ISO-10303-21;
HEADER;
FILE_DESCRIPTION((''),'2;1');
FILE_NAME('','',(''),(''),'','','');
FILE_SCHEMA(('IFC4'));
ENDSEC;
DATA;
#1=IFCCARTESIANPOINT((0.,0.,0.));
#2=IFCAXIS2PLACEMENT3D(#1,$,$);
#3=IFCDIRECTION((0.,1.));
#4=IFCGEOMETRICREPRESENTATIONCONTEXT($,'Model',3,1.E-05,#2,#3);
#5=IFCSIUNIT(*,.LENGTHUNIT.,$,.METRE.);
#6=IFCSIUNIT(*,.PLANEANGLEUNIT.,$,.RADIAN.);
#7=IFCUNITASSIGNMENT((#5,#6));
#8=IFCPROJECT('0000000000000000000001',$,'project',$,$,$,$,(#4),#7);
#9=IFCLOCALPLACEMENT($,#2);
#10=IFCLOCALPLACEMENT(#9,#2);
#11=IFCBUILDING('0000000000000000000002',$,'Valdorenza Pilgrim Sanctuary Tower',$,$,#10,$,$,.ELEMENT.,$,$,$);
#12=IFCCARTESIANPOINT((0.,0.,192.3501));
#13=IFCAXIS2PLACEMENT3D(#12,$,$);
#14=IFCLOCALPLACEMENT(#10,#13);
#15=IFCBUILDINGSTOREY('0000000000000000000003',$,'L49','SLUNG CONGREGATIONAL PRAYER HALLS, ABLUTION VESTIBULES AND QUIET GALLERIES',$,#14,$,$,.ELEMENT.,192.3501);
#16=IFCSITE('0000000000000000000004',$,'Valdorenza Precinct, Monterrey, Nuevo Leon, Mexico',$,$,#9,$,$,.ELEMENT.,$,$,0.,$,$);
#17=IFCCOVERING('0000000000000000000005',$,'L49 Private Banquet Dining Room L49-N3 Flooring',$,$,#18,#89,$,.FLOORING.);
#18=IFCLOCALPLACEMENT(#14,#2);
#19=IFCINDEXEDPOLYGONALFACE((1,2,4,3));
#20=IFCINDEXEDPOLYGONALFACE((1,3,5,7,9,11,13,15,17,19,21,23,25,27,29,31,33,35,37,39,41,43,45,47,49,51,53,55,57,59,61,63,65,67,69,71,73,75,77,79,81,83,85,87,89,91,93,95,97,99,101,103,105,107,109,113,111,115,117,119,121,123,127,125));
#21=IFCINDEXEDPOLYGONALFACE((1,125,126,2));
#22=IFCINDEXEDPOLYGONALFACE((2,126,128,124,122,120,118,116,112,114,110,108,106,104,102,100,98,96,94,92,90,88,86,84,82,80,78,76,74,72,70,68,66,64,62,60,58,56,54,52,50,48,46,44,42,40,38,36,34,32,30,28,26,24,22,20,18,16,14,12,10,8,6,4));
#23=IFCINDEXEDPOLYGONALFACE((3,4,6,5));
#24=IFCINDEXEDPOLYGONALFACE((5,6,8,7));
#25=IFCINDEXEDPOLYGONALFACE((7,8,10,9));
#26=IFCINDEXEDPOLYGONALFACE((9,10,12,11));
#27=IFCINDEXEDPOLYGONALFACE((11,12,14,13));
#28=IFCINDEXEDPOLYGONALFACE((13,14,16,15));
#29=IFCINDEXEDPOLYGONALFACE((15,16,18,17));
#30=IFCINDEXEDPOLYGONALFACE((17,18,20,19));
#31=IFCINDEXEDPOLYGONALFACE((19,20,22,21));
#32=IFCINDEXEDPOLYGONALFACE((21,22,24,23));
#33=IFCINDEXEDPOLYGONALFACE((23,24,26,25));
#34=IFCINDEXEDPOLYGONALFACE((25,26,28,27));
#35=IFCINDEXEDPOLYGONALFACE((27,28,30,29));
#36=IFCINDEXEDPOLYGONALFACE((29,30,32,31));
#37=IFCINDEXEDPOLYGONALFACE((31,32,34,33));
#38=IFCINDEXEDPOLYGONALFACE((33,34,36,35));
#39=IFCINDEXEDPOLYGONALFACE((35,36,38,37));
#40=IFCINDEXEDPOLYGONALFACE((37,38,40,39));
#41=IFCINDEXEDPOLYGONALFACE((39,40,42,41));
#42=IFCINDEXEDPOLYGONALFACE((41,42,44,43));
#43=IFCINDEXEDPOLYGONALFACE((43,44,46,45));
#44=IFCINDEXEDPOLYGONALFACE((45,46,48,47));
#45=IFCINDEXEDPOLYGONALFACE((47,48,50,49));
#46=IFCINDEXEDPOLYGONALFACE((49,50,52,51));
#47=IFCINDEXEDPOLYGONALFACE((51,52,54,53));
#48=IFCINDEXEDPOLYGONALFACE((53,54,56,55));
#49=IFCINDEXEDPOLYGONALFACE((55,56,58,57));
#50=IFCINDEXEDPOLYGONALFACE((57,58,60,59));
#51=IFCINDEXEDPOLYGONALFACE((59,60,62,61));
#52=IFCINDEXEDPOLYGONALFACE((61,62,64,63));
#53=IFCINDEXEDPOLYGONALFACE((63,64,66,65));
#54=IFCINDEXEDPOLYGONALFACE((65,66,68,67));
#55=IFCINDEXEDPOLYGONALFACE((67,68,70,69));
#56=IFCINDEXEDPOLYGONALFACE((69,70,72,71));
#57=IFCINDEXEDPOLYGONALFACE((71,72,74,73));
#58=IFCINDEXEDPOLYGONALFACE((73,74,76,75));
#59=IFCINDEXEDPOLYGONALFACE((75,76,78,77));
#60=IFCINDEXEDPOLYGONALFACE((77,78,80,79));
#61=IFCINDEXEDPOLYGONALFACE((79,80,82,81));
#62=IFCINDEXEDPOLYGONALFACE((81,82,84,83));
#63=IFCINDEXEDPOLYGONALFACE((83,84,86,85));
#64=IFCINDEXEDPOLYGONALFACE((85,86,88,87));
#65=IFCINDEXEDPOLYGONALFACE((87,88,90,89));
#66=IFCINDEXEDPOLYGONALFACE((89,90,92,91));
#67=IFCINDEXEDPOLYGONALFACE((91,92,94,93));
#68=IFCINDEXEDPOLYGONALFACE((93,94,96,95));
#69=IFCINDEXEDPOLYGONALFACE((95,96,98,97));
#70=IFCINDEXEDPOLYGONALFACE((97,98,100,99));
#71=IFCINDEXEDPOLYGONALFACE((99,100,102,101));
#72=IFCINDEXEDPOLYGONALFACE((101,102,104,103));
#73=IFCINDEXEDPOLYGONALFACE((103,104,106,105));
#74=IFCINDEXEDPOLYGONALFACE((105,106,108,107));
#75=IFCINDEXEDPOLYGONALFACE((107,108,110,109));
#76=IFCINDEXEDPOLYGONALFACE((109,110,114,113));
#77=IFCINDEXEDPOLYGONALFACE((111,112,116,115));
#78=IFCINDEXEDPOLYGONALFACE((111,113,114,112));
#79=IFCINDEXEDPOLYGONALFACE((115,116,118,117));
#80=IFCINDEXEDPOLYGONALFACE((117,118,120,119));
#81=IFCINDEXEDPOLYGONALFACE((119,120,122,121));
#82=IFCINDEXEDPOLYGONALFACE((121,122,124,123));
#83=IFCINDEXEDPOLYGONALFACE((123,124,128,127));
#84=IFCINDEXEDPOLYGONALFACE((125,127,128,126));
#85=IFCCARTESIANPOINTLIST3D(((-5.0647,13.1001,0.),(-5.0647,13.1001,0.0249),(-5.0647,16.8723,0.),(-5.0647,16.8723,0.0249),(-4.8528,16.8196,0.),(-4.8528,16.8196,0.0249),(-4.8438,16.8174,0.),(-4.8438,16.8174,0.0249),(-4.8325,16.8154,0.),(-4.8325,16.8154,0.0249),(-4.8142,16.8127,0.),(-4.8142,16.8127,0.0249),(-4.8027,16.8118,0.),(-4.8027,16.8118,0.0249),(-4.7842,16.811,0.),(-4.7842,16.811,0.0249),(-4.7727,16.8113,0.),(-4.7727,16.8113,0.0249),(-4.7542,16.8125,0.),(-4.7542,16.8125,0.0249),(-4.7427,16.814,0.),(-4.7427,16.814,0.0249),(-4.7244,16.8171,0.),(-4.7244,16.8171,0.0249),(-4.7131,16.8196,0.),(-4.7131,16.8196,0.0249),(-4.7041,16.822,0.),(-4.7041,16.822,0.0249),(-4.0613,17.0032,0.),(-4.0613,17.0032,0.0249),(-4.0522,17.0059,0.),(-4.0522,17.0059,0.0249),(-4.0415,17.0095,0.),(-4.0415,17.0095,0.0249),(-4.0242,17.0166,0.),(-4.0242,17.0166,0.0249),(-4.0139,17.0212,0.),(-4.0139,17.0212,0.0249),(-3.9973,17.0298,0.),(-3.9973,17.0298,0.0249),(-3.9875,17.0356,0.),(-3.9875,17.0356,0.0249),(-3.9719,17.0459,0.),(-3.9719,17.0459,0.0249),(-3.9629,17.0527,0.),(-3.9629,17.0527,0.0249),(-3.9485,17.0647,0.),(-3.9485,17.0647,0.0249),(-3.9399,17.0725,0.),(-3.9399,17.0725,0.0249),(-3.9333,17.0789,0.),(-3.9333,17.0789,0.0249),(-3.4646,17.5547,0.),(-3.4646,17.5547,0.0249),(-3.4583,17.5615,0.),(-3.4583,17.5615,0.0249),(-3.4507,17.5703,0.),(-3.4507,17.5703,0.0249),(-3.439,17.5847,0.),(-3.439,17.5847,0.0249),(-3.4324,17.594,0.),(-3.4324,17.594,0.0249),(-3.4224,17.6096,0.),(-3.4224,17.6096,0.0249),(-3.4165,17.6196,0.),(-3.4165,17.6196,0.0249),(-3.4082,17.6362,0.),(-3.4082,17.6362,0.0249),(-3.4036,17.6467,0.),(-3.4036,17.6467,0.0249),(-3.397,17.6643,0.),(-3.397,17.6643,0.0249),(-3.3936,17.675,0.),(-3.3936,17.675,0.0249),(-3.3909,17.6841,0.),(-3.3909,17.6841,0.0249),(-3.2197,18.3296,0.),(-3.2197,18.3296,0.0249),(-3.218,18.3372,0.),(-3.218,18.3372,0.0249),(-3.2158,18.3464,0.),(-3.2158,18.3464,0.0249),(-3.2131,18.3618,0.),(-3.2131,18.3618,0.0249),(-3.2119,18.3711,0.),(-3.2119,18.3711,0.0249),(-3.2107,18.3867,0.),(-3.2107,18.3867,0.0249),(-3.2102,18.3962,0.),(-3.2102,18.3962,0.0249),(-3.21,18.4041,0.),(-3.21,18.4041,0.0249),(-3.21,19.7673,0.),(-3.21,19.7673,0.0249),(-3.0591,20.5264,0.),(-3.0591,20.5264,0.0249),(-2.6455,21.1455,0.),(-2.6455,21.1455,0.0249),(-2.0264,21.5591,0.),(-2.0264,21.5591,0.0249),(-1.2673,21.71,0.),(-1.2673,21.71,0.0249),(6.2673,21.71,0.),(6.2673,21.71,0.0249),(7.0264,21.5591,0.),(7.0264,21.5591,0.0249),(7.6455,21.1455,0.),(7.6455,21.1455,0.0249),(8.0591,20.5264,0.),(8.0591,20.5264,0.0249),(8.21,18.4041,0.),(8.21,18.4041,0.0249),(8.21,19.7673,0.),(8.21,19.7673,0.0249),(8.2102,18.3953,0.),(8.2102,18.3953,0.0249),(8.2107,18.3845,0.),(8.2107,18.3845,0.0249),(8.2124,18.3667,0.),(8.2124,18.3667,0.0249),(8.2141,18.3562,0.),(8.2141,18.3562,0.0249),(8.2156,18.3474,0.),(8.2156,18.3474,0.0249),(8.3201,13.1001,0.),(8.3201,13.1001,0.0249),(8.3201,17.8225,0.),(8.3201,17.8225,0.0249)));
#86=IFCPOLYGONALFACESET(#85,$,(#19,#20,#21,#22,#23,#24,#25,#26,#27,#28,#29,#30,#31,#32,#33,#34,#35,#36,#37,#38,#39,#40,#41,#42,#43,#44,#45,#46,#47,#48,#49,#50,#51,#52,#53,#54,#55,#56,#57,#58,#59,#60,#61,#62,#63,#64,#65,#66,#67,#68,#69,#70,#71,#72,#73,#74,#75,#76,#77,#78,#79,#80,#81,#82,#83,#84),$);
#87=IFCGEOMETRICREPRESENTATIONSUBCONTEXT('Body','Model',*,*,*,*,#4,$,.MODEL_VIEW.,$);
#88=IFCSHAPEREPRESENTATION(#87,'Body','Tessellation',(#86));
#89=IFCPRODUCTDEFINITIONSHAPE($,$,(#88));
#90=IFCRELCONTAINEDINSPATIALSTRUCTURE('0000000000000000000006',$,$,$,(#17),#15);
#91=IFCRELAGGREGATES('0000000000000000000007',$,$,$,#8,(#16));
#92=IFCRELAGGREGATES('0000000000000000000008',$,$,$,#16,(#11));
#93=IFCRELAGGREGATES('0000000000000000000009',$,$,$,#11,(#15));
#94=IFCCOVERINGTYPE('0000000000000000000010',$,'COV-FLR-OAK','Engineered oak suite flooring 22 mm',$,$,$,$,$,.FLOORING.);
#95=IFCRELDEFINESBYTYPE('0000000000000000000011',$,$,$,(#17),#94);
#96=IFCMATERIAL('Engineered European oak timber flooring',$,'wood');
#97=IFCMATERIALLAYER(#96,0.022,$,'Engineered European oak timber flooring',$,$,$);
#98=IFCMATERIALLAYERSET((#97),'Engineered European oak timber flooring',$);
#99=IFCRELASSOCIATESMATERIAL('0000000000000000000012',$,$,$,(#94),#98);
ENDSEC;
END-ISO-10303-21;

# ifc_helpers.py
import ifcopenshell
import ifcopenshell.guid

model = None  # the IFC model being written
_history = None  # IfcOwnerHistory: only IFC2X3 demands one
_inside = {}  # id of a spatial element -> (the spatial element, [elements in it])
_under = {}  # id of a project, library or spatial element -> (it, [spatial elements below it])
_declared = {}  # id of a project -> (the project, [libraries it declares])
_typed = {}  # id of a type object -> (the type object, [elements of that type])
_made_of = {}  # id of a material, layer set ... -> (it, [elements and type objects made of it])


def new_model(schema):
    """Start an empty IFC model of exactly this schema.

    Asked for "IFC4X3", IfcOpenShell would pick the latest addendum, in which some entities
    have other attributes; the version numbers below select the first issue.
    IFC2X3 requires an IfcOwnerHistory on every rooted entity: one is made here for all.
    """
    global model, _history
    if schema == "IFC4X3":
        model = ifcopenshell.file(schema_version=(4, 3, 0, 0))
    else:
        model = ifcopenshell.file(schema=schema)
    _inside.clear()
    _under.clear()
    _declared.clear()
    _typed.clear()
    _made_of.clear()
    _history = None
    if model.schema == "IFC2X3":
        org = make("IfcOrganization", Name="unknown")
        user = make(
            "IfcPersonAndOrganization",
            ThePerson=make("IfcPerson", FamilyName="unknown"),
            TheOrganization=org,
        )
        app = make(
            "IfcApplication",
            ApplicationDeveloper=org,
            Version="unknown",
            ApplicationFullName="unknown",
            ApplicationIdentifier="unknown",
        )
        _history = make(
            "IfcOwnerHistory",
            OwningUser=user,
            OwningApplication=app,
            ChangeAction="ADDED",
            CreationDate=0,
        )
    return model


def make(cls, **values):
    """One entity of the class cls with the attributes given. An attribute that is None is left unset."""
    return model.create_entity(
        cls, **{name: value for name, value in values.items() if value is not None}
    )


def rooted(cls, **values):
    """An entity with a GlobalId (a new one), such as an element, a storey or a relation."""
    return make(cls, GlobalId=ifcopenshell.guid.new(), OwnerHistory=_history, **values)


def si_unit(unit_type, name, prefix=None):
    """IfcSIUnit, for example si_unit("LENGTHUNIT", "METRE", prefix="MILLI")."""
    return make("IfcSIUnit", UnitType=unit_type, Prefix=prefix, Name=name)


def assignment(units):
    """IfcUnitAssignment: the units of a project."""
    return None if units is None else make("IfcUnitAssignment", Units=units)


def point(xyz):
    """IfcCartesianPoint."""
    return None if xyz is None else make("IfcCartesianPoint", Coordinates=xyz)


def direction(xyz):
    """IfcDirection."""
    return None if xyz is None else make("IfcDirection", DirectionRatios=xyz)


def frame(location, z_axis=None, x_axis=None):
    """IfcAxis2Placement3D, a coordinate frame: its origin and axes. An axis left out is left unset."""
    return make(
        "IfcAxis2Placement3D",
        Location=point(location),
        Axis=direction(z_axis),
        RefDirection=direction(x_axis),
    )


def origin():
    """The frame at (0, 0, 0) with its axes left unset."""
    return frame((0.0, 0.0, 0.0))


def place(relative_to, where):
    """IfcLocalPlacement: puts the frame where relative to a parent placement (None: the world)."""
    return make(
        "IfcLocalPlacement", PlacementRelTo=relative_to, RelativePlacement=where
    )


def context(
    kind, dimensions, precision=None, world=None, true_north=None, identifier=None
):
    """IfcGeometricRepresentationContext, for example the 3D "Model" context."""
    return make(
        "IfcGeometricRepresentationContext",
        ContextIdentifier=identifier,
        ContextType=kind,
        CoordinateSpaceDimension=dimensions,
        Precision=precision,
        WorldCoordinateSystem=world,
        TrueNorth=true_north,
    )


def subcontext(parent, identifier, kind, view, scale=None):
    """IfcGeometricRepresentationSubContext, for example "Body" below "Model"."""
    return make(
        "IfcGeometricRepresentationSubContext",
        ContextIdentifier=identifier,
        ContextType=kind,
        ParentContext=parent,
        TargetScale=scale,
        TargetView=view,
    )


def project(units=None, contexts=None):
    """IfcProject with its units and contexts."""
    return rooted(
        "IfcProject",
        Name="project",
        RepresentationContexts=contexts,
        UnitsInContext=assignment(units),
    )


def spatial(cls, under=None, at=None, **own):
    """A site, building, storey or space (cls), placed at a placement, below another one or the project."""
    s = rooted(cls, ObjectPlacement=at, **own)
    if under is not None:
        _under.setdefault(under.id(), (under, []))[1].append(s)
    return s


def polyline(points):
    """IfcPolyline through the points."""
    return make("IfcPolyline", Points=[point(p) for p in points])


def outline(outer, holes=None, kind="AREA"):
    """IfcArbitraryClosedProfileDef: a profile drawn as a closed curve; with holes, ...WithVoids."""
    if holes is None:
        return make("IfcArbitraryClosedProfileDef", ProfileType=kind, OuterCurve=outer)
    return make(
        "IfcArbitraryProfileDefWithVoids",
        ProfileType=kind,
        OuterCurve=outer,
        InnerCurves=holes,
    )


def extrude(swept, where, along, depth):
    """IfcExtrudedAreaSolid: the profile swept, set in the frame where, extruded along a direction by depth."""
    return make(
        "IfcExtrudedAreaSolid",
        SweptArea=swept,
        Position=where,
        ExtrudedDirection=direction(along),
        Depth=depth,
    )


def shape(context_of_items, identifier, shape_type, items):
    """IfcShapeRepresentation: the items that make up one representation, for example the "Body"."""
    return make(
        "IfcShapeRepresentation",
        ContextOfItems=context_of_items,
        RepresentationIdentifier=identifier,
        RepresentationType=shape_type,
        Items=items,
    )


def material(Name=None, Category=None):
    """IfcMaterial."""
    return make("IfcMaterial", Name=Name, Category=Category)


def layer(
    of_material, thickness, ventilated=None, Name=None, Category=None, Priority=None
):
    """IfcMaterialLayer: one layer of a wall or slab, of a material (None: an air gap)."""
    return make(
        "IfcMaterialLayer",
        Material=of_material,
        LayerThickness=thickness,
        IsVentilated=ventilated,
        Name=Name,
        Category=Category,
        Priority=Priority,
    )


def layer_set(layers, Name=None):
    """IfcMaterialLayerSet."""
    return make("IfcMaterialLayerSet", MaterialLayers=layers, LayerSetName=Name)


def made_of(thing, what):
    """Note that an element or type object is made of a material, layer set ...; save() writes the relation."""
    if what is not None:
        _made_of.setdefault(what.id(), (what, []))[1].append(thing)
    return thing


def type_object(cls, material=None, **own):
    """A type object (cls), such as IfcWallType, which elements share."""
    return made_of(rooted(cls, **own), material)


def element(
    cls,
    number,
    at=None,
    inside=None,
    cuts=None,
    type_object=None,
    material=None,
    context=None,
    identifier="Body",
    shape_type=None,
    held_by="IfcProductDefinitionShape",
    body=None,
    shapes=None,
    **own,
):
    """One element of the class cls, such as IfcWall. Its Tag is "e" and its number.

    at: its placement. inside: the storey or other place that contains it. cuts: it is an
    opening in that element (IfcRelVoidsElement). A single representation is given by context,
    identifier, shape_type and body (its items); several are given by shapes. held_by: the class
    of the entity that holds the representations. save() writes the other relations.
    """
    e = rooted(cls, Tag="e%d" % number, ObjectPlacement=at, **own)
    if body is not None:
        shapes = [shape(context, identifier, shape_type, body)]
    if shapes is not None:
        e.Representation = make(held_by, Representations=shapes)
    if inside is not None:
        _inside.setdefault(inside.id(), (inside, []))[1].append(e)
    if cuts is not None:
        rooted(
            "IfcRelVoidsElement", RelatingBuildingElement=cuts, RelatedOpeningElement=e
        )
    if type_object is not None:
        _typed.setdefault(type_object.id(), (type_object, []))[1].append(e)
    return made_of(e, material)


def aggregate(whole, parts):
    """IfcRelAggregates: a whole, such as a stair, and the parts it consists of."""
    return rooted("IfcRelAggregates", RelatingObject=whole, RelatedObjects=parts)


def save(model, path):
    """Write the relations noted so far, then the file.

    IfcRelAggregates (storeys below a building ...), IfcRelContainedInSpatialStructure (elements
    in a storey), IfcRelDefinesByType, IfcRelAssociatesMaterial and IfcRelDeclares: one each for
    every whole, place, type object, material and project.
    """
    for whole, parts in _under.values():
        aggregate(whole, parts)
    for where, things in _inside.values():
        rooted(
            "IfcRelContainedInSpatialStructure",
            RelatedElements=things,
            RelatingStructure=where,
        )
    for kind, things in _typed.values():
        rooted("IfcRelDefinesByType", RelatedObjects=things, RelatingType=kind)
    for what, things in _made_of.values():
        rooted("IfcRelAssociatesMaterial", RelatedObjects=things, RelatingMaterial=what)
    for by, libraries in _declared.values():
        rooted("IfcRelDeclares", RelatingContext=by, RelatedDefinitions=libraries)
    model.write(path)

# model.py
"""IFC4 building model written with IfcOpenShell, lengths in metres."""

from ifc_helpers import new_model, si_unit, direction, frame, origin, place, context, subcontext, project, spatial, polyline, outline, extrude, material, layer, layer_set, type_object, element, save


model = new_model("IFC4")

# Units and contexts
model_context = context("Model", 3, precision=1e-05, world=origin(), true_north=direction((0.0, 1.0)))
body_context = subcontext(model_context, "Body", "Model", "MODEL_VIEW")
ifc_project = project(units=[si_unit("LENGTHUNIT", "METRE"), si_unit("PLANEANGLEUNIT", "RADIAN")], contexts=[model_context])

# Site, building, storey
site_placement = place(None, origin())
site = spatial("IfcSite", under=ifc_project, at=site_placement, Name="Valdorenza Precinct, Monterrey, Nuevo Leon, Mexico", CompositionType="ELEMENT", RefElevation=0.0)
building_placement = place(site_placement, origin())
building = spatial("IfcBuilding", under=site, at=building_placement, Name="Valdorenza Pilgrim Sanctuary Tower", CompositionType="ELEMENT")
storey_placement = place(building_placement, frame((0.0, 0.0, 192.3501)))
storey = spatial("IfcBuildingStorey", under=building, at=storey_placement, Name="L49", Description="SLUNG CONGREGATIONAL PRAYER HALLS, ABLUTION VESTIBULES AND QUIET GALLERIES", CompositionType="ELEMENT", Elevation=192.3501)

# Covering
ifc_material_1 = material(Name="Engineered European oak timber flooring", Category="wood")
ifc_layer_1 = layer(ifc_material_1, 0.022, Name="Engineered European oak timber flooring")
ifc_layer_set_1 = layer_set([ifc_layer_1], Name="Engineered European oak timber flooring")
covering_type_1 = type_object("IfcCoveringType", Name="COV-FLR-OAK", Description="Engineered oak suite flooring 22 mm", PredefinedType="FLOORING", material=ifc_layer_set_1)
covering_1_placement = place(storey_placement, origin())
element("IfcCovering", 1, at=covering_1_placement, inside=storey, type_object=covering_type_1, Name="L49 Private Banquet Dining Room L49-N3 Flooring", PredefinedType="FLOORING", context=body_context, shape_type="SweptSolid", body=[
    extrude(outline(polyline([(-5.0647, 13.1001), (-5.0647, 16.8723), (-4.8528, 16.8196), (-4.8438, 16.8174), (-4.8325, 16.8154), (-4.8142, 16.8127), (-4.8027, 16.8118), (-4.7842, 16.811), (-4.7727, 16.8113), (-4.7542, 16.8125), (-4.7427, 16.814), (-4.7244, 16.8171), (-4.7131, 16.8196), (-4.7041, 16.822), (-4.0613, 17.0032), (-4.0522, 17.0059), (-4.0415, 17.0095), (-4.0242, 17.0166), (-4.0139, 17.0212), (-3.9973, 17.0298), (-3.9875, 17.0356), (-3.9719, 17.0459), (-3.9629, 17.0527), (-3.9485, 17.0647), (-3.9399, 17.0725), (-3.9333, 17.0789), (-3.4646, 17.5547), (-3.4583, 17.5615), (-3.4507, 17.5703), (-3.439, 17.5847), (-3.4324, 17.594), (-3.4224, 17.6096), (-3.4165, 17.6196), (-3.4082, 17.6362), (-3.4036, 17.6467), (-3.397, 17.6643), (-3.3936, 17.675), (-3.3909, 17.6841), (-3.2197, 18.3296), (-3.218, 18.3372), (-3.2158, 18.3464), (-3.2131, 18.3618), (-3.2119, 18.3711), (-3.2107, 18.3867), (-3.2102, 18.3962), (-3.21, 18.4041), (-3.21, 19.7673), (-3.0591, 20.5264), (-2.6455, 21.1455), (-2.0264, 21.5591), (-1.2673, 21.71), (6.2673, 21.71), (7.0264, 21.5591), (7.6455, 21.1455), (8.0591, 20.5264), (8.21, 19.7673), (8.21, 18.4041), (8.2102, 18.3953), (8.2107, 18.3845), (8.2124, 18.3667), (8.2141, 18.3562), (8.2156, 18.3474), (8.3201, 17.8225), (8.3201, 13.1001), (-5.0647, 13.1001)])), origin(), (0.0, 0.0, 1.0), 0.0249),
])

save(model, "model.ifc")
